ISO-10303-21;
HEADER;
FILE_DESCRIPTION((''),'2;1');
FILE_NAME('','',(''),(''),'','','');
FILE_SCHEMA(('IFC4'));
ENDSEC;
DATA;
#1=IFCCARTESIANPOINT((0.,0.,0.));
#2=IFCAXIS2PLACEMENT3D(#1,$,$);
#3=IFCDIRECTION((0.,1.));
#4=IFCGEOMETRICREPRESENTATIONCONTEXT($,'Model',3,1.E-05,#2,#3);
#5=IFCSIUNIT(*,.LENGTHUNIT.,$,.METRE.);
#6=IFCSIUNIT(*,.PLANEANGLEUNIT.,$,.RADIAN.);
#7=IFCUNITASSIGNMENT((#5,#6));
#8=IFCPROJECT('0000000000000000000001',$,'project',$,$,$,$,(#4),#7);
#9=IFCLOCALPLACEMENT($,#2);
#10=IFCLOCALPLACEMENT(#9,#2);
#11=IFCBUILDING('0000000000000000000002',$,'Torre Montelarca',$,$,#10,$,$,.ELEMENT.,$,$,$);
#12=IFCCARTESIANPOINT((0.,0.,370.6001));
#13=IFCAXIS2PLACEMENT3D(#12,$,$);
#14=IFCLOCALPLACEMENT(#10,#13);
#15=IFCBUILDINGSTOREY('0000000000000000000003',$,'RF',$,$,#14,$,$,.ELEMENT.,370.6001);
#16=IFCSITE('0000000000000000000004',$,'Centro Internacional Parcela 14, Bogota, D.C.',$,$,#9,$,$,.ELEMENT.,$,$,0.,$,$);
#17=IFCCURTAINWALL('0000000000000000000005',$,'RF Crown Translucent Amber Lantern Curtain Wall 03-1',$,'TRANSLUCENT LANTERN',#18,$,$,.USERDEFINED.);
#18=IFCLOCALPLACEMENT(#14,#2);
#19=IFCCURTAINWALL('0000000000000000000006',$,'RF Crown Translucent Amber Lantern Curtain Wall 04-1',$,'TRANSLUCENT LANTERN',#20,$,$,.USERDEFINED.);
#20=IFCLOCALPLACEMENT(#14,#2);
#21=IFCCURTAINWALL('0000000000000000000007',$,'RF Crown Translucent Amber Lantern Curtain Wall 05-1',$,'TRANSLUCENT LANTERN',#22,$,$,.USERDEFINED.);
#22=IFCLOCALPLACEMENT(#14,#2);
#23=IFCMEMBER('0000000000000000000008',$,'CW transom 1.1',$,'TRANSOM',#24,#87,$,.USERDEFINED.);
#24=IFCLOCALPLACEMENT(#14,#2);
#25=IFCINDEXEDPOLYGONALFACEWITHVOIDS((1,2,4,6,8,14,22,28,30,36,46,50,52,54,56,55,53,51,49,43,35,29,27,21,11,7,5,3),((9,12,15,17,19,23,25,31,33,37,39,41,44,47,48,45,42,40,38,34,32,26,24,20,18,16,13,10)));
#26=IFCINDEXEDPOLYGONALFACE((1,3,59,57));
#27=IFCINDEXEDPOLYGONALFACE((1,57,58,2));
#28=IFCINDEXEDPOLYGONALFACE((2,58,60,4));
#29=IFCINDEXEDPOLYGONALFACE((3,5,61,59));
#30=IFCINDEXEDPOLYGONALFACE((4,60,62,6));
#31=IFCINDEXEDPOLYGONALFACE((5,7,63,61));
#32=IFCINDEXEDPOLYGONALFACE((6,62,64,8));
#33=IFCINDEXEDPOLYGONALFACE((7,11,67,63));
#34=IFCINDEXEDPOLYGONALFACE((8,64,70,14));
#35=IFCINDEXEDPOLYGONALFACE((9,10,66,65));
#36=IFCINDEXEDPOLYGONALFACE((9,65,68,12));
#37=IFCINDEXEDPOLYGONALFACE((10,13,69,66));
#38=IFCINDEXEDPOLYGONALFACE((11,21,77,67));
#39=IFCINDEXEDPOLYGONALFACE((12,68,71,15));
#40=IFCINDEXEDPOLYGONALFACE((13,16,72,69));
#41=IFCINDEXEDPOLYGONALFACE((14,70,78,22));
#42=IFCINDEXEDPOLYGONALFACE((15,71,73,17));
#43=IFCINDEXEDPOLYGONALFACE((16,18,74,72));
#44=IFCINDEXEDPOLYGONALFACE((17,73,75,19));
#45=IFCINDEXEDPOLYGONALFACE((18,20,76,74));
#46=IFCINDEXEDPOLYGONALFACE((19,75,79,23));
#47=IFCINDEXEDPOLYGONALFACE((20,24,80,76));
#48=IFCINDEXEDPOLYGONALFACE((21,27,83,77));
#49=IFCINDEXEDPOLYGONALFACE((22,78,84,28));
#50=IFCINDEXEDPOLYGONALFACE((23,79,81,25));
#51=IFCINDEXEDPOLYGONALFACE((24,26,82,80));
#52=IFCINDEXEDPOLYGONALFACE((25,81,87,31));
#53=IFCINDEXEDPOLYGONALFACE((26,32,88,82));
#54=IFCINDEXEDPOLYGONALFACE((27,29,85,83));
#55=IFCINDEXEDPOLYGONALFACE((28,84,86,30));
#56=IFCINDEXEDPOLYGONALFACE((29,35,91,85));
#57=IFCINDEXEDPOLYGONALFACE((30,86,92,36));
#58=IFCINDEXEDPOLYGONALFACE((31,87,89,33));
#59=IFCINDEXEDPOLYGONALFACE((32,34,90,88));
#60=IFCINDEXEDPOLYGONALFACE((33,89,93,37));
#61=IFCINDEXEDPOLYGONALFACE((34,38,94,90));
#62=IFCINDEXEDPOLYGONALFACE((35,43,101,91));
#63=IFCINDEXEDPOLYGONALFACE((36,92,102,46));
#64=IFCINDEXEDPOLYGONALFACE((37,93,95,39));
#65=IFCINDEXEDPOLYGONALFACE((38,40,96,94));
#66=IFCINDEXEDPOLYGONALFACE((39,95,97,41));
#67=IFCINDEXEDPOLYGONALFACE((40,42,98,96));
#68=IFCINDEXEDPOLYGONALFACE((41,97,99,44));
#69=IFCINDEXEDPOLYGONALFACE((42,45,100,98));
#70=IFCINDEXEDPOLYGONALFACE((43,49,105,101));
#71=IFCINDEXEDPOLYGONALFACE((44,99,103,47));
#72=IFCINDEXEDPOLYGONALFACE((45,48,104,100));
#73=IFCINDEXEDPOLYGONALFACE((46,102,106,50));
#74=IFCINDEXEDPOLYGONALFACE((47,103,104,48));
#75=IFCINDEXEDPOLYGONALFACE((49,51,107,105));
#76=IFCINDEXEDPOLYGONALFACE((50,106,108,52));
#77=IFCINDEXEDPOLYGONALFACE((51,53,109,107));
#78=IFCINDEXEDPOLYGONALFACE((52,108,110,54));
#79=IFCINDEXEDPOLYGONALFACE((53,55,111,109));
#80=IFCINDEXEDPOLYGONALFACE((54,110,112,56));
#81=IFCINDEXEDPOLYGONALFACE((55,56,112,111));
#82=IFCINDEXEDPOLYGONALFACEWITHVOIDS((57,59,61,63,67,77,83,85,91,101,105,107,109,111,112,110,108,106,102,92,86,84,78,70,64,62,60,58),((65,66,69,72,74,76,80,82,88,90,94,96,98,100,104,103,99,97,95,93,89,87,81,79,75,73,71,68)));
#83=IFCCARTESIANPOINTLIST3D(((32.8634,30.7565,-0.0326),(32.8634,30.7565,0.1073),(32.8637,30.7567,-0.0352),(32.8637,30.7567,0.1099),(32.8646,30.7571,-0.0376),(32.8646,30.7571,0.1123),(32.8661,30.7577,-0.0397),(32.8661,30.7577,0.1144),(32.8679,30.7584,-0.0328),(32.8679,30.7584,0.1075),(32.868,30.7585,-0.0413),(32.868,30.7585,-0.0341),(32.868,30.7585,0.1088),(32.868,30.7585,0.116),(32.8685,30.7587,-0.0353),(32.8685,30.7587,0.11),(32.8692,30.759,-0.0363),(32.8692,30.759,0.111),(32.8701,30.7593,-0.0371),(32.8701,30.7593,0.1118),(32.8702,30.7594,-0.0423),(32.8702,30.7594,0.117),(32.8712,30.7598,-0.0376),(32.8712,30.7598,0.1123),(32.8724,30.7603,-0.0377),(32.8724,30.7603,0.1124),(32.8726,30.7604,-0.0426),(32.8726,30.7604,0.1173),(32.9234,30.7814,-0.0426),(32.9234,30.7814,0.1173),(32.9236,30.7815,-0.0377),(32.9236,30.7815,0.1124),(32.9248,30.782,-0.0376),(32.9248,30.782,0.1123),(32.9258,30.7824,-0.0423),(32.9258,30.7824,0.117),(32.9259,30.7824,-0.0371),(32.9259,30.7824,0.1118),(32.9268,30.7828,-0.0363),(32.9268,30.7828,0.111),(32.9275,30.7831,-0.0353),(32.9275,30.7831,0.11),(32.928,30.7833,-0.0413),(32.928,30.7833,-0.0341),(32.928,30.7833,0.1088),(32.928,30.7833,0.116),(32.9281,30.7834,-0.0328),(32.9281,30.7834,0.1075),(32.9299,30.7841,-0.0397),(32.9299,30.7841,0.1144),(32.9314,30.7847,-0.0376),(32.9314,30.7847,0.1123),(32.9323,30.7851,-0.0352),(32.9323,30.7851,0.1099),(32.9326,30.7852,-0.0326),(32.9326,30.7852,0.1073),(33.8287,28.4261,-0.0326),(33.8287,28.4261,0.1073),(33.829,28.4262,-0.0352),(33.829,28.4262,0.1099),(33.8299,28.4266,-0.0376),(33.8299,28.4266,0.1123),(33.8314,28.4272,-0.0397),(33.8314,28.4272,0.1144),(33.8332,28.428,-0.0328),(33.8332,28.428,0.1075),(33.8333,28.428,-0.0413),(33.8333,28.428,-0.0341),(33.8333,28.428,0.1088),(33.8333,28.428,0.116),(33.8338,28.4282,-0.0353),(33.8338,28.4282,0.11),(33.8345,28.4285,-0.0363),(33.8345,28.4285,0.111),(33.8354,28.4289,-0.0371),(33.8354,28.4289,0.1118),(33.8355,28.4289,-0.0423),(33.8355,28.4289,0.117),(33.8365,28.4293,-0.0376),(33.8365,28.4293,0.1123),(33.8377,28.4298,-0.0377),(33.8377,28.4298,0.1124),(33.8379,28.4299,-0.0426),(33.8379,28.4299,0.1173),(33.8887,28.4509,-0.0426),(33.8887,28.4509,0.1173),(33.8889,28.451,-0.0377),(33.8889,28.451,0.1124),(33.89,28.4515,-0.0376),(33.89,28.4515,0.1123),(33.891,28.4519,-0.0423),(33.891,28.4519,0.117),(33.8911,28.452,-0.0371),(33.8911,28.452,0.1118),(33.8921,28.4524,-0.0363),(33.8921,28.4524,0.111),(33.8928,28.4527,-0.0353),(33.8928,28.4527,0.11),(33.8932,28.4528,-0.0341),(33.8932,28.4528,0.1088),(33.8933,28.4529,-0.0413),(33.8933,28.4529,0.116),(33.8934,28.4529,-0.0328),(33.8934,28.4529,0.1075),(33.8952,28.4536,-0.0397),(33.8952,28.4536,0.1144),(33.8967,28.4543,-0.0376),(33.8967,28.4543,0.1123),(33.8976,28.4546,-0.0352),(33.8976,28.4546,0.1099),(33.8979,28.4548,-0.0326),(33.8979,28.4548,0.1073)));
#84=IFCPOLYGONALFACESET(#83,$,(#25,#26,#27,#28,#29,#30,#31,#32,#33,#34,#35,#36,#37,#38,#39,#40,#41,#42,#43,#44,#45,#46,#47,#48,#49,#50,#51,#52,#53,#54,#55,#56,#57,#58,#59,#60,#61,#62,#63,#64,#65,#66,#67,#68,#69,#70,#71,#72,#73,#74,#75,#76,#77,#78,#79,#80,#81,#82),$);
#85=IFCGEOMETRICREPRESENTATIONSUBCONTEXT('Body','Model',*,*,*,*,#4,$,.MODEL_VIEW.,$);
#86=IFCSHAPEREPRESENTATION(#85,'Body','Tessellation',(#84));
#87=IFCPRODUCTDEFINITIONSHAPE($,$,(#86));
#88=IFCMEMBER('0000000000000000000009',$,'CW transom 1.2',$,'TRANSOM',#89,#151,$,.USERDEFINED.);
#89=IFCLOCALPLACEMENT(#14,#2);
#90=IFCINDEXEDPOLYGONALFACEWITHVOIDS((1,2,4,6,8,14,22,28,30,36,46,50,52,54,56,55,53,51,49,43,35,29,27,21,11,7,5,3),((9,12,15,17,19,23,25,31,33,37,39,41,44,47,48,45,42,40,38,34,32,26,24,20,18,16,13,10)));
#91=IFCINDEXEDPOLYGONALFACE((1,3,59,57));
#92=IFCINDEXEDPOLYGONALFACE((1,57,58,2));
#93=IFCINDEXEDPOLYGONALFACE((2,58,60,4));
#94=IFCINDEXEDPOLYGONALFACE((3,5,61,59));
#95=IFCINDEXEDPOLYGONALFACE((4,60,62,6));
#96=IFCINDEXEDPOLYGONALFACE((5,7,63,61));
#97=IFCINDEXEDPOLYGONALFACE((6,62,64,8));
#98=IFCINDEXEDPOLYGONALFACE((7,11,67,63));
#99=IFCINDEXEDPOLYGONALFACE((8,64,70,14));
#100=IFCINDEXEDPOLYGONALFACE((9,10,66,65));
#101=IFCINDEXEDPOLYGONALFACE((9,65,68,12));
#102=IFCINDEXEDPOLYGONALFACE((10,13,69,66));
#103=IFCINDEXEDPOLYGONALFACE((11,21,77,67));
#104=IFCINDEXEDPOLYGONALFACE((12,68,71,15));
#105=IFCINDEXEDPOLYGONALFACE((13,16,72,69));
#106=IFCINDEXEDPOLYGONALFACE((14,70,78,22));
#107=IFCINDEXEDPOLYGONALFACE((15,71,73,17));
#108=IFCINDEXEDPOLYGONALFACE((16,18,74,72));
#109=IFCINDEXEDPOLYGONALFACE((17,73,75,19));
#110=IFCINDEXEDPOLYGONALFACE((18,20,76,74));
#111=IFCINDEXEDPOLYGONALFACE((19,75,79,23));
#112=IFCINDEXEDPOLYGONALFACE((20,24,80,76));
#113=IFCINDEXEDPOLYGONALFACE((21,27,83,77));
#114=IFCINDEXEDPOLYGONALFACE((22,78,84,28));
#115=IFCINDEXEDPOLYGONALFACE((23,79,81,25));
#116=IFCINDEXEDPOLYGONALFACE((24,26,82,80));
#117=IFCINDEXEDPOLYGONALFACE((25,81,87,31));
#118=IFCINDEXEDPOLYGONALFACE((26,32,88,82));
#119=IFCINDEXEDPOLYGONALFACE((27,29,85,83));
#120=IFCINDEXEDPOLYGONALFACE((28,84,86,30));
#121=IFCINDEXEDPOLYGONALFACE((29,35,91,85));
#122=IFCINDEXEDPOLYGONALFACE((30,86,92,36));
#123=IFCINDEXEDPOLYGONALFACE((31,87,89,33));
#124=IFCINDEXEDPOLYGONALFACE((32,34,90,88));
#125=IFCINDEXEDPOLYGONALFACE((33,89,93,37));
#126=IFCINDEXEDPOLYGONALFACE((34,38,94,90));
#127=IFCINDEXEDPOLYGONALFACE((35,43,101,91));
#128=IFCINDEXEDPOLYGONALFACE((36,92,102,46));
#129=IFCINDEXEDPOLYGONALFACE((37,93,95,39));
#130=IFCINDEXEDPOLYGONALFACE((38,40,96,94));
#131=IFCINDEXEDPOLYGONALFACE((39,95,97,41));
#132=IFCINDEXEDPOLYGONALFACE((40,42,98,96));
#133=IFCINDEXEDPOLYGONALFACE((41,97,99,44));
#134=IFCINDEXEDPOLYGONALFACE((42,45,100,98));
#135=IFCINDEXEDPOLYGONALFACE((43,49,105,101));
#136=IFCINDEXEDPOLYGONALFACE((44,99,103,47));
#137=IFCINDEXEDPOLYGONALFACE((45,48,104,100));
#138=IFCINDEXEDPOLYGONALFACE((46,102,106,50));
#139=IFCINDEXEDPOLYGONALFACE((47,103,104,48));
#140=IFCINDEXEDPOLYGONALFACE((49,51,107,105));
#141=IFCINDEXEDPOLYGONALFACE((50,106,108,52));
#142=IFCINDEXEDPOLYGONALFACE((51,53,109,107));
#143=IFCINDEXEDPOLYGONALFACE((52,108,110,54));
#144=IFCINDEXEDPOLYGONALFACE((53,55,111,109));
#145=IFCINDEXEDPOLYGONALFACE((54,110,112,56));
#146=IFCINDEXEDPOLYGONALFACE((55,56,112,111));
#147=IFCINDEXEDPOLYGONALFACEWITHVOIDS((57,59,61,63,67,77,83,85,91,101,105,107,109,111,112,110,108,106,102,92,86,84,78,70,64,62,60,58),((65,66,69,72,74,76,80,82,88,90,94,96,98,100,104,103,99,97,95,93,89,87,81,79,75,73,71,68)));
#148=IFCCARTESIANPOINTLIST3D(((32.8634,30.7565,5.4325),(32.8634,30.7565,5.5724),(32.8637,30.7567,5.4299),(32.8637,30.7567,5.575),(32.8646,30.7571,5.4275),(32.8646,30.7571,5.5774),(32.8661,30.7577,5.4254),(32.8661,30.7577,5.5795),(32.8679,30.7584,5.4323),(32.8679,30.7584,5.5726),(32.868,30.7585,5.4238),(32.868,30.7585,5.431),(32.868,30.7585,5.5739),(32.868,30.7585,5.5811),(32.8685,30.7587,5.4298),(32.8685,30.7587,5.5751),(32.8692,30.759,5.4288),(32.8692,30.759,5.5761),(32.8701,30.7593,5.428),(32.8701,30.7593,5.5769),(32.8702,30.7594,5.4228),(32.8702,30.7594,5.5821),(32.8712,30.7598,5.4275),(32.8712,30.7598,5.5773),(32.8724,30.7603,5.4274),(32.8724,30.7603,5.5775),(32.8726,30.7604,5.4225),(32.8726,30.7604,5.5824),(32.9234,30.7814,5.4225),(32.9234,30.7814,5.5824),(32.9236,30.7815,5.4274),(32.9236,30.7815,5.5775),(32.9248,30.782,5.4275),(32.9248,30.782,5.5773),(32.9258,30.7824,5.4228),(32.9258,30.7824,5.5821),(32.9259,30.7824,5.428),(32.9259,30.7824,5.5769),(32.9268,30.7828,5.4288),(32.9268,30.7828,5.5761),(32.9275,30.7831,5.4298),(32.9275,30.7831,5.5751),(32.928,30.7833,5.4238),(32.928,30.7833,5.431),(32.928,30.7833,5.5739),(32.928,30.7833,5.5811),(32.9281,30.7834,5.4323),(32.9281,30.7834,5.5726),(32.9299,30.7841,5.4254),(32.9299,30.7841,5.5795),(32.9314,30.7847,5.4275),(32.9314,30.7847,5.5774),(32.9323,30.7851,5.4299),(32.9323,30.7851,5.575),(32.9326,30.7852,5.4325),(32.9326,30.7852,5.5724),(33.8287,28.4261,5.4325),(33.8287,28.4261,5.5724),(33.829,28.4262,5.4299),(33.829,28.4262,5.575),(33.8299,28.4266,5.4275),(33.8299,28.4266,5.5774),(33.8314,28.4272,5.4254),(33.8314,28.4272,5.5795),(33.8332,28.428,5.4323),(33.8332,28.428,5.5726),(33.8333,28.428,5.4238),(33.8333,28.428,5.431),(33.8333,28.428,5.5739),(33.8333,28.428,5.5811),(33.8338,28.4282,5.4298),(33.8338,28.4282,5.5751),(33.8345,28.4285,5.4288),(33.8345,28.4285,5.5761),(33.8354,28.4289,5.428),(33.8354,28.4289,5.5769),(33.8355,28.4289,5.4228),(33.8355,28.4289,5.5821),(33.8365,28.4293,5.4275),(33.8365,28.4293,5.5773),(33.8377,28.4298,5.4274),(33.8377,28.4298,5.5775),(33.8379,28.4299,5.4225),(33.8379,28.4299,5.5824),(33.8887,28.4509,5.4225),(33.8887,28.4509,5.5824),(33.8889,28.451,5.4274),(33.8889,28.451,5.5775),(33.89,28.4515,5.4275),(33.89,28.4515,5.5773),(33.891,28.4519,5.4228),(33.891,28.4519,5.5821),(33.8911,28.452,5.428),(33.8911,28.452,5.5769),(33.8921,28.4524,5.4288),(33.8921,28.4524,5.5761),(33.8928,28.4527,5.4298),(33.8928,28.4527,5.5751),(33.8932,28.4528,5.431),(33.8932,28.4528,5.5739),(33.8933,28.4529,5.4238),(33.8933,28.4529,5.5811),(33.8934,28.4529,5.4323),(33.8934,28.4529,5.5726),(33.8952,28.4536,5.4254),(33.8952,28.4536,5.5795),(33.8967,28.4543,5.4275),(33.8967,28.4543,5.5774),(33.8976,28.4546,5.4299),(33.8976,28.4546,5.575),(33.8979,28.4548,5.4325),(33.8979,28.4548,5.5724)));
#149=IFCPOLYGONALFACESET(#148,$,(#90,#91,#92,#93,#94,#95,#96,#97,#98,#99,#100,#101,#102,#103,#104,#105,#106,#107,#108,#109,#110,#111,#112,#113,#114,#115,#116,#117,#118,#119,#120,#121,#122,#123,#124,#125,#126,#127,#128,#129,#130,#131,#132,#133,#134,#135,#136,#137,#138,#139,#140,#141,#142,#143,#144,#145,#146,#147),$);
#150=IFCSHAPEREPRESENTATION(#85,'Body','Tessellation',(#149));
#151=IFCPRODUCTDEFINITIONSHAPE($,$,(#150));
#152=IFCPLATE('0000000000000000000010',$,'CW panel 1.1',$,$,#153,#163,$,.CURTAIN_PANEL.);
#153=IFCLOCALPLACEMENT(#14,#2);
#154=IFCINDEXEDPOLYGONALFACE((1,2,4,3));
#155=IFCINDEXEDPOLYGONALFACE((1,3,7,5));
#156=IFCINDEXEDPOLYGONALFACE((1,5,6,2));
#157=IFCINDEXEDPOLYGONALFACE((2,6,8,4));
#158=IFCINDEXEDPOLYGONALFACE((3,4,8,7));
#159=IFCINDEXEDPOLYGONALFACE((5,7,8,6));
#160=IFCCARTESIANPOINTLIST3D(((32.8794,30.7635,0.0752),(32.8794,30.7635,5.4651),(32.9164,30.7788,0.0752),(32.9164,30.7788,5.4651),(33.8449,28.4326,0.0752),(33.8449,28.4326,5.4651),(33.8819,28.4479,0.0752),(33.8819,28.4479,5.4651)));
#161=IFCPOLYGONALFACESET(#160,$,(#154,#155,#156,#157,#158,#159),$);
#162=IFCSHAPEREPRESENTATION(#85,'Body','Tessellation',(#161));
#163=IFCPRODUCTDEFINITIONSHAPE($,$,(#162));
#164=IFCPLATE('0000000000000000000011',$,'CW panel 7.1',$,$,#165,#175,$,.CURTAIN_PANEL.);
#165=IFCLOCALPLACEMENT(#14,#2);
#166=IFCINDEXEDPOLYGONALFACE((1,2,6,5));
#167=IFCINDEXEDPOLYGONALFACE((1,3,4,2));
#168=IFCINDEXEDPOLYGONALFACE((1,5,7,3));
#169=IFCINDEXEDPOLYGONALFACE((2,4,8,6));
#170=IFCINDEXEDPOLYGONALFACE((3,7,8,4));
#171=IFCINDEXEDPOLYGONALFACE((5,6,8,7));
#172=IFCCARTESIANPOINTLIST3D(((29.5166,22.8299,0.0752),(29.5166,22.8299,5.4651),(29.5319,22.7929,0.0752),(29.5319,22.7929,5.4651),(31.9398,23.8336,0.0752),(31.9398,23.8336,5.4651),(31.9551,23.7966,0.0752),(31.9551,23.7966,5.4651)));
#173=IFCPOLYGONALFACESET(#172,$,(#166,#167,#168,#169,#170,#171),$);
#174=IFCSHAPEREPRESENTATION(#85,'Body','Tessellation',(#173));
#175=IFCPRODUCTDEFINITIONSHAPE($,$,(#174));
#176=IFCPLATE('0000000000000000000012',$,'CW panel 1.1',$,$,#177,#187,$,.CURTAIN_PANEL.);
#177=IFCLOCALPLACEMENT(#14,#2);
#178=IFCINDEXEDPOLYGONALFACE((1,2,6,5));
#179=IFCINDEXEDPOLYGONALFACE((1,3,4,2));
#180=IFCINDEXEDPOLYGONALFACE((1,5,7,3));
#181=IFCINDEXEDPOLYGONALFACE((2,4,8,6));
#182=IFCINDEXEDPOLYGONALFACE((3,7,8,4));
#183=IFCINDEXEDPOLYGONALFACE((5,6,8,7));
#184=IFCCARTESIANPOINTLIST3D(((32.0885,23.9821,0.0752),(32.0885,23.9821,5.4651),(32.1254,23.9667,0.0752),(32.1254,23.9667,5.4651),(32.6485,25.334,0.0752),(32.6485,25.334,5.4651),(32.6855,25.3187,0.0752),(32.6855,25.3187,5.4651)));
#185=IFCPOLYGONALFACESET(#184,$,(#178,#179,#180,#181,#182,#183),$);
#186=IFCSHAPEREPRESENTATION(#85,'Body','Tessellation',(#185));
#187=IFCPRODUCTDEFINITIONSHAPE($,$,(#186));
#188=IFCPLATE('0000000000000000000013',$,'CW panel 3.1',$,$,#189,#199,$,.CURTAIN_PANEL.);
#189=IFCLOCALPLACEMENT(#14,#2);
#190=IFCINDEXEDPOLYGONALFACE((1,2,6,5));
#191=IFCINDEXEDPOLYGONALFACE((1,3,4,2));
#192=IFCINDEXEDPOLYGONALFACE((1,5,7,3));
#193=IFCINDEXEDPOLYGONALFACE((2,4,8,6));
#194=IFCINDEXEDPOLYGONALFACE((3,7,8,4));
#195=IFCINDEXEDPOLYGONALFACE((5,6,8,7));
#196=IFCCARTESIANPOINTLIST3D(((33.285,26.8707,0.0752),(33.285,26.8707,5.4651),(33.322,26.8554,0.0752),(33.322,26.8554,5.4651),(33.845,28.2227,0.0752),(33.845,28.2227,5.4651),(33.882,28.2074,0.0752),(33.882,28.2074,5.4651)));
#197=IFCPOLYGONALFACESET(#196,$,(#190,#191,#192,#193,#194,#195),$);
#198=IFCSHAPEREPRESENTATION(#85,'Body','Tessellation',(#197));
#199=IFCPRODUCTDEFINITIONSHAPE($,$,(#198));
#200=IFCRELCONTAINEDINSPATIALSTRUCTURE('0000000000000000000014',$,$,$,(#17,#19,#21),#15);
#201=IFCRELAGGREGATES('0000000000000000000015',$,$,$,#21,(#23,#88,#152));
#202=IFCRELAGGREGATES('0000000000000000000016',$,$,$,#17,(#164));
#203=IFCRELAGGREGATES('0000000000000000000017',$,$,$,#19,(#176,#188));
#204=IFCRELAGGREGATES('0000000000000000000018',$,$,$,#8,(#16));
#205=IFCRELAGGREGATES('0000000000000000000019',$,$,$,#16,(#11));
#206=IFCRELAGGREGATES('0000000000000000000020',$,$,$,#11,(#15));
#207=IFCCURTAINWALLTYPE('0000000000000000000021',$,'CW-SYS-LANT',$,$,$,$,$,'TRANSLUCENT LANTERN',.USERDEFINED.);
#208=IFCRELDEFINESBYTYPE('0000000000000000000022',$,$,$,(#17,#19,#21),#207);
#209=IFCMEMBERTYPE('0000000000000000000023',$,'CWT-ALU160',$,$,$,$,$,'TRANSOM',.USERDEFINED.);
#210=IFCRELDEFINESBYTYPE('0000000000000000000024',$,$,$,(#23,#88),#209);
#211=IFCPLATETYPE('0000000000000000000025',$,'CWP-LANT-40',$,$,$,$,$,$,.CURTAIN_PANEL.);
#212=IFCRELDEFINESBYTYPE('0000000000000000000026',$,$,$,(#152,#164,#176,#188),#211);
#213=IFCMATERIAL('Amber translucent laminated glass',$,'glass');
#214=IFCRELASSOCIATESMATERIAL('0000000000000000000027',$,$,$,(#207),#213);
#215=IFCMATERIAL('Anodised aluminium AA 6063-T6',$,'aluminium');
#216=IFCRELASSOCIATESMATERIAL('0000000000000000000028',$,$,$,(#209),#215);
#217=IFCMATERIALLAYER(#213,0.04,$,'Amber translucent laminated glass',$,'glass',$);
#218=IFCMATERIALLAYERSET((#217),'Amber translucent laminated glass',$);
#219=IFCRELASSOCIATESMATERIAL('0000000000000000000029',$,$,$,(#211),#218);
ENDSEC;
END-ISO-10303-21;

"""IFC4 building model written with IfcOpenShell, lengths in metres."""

from ifc_helpers import new_model, si_unit, direction, frame, origin, origin_2d, place, context, subcontext, project, spatial, rectangle, hollow_rectangle, extrude, source, transform, mapped, material, layer, layer_set, material_profile, profile_set, type_object, element, aggregate, save


model = new_model("IFC4")

# Units and contexts
model_context = context("Model", 3, precision=1e-05, world=origin(), true_north=direction((0.0, 1.0)))
body_context = subcontext(model_context, "Body", "Model", "MODEL_VIEW")
ifc_project = project(units=[si_unit("LENGTHUNIT", "METRE"), si_unit("PLANEANGLEUNIT", "RADIAN")], contexts=[model_context])

# Site, building, storey
site_placement = place(None, origin())
site = spatial("IfcSite", under=ifc_project, at=site_placement, Name="Centro Internacional Parcela 14, Bogota, D.C.", CompositionType="ELEMENT", RefElevation=0.0)
building_placement = place(site_placement, origin())
building = spatial("IfcBuilding", under=site, at=building_placement, Name="Torre Montelarca", CompositionType="ELEMENT")
storey_placement = place(building_placement, frame((0.0, 0.0, 370.6001)))
storey = spatial("IfcBuildingStorey", under=building, at=storey_placement, Name="RF", CompositionType="ELEMENT", Elevation=370.6001)

# Curtain walls
ifc_material_1 = material(Name="Amber translucent laminated glass", Category="glass")
curtain_wall_type = type_object("IfcCurtainWallType", Name="CW-SYS-LANT", ElementType="TRANSLUCENT LANTERN", PredefinedType="USERDEFINED", material=ifc_material_1)
curtain_wall_1_placement = place(storey_placement, origin())
curtain_wall_1 = element("IfcCurtainWall", 1, at=curtain_wall_1_placement, inside=storey, type_object=curtain_wall_type, Name="RF Crown Translucent Amber Lantern Curtain Wall 03-1", ObjectType="TRANSLUCENT LANTERN", PredefinedType="USERDEFINED")
ifc_material_2 = material(Name="Anodised aluminium AA 6063-T6", Category="aluminium")
curtain_wall_2_placement = place(storey_placement, origin())
curtain_wall_2 = element("IfcCurtainWall", 2, at=curtain_wall_2_placement, inside=storey, type_object=curtain_wall_type, Name="RF Crown Translucent Amber Lantern Curtain Wall 04-1", ObjectType="TRANSLUCENT LANTERN", PredefinedType="USERDEFINED")
curtain_wall_3_placement = place(storey_placement, origin())
curtain_wall_3 = element("IfcCurtainWall", 3, at=curtain_wall_3_placement, inside=storey, type_object=curtain_wall_type, Name="RF Crown Translucent Amber Lantern Curtain Wall 05-1", ObjectType="TRANSLUCENT LANTERN", PredefinedType="USERDEFINED")
ifc_material_profile_1 = material_profile(ifc_material_2, hollow_rectangle(XDim=0.075, YDim=0.1599, WallThickness=0.0049, InnerFilletRadius=0.0049, OuterFilletRadius=0.01, at=origin_2d()), Name="ALU75X160X5", Category="aluminium")
ifc_profile_set_1 = profile_set([ifc_material_profile_1], Name="Anodised aluminium AA 6063-T6")
member_type_1 = type_object("IfcMemberType", Name="CWT-ALU160", ElementType="TRANSOM", PredefinedType="USERDEFINED", material=ifc_profile_set_1)

# Members
shared_shape_1 = source(origin(), body_context, "Body", "SweptSolid", [
    extrude(hollow_rectangle(XDim=0.075, YDim=0.1599, WallThickness=0.0049, InnerFilletRadius=0.0049, OuterFilletRadius=0.01, at=origin_2d()), origin(), (0.0, 0.0, 1.0), 2.5225),
])
member_1_placement = place(storey_placement, frame((33.8633, 28.4404, 0.0374), z_axis=(-0.382677, 0.923882, 0.0), x_axis=(-0.923882, -0.382677, 0.0)))
member_1 = element("IfcMember", 4, at=member_1_placement, type_object=member_type_1, Name="CW transom 1.1", ObjectType="TRANSOM", PredefinedType="USERDEFINED", context=body_context, shape_type="MappedRepresentation", body=[
    mapped(shared_shape_1, transform((0.0, 0.0, 0.0), scale=1.0)),
])
member_2_placement = place(storey_placement, frame((33.8633, 28.4404, 5.5024), z_axis=(-0.382677, 0.923882, 0.0), x_axis=(-0.923882, -0.382677, 0.0)))
member_2 = element("IfcMember", 5, at=member_2_placement, type_object=member_type_1, Name="CW transom 1.2", ObjectType="TRANSOM", PredefinedType="USERDEFINED", context=body_context, shape_type="MappedRepresentation", body=[
    mapped(shared_shape_1, transform((0.0, 0.0, 0.0), scale=1.0)),
])

# Plates
ifc_layer_1 = layer(ifc_material_1, 0.04, Name="Amber translucent laminated glass", Category="glass")
ifc_layer_set_1 = layer_set([ifc_layer_1], Name="Amber translucent laminated glass")
plate_type = type_object("IfcPlateType", Name="CWP-LANT-40", PredefinedType="CURTAIN_PANEL", material=ifc_layer_set_1)
shared_shape_2 = source(origin(), body_context, "Body", "SweptSolid", [
    extrude(rectangle(XDim=2.5229, YDim=0.04, at=origin_2d()), origin(), (0.0, 0.0, 1.0), 5.3899),
])
plate_1_placement = place(storey_placement, frame((33.3806, 29.6057, 0.0752), z_axis=(0.0, 0.0, 1.0), x_axis=(-0.382687, 0.923878, 0.0)))
plate_1 = element("IfcPlate", 6, at=plate_1_placement, type_object=plate_type, Name="CW panel 1.1", PredefinedType="CURTAIN_PANEL", context=body_context, shape_type="MappedRepresentation", body=[
    mapped(shared_shape_2, transform((0.0, 0.0, 0.0), scale=1.0)),
])
aggregate(curtain_wall_3, [member_1, member_2, plate_1])
shared_shape_3 = source(origin(), body_context, "Body", "SweptSolid", [
    extrude(rectangle(XDim=2.6228, YDim=0.04, at=origin_2d()), origin(), (0.0, 0.0, 1.0), 5.3899),
])
plate_2_placement = place(storey_placement, frame((30.7358, 23.3132, 0.0752), z_axis=(0.0, 0.0, 1.0), x_axis=(0.923878, 0.382687, 0.0)))
plate_2 = element("IfcPlate", 7, at=plate_2_placement, type_object=plate_type, Name="CW panel 7.1", PredefinedType="CURTAIN_PANEL", context=body_context, shape_type="MappedRepresentation", body=[
    mapped(shared_shape_3, transform((0.0, 0.0, 0.0), scale=1.0)),
])
aggregate(curtain_wall_1, [plate_2])
shared_shape_4 = source(origin(), body_context, "Body", "SweptSolid", [
    extrude(rectangle(XDim=1.4634, YDim=0.04, at=origin_2d()), origin(), (0.0, 0.0, 1.0), 5.3899),
])
plate_3_placement = place(storey_placement, frame((32.387, 24.6504, 0.0752), z_axis=(0.0, 0.0, 1.0), x_axis=(0.382692, 0.923876, 0.0)))
plate_3 = element("IfcPlate", 8, at=plate_3_placement, type_object=plate_type, Name="CW panel 1.1", PredefinedType="CURTAIN_PANEL", context=body_context, shape_type="MappedRepresentation", body=[
    mapped(shared_shape_4, transform((0.0, 0.0, 0.0), scale=1.0)),
])
plate_4_placement = place(storey_placement, frame((33.5835, 27.5391, 0.0752), z_axis=(0.0, 0.0, 1.0), x_axis=(0.382692, 0.923876, 0.0)))
plate_4 = element("IfcPlate", 9, at=plate_4_placement, type_object=plate_type, Name="CW panel 3.1", PredefinedType="CURTAIN_PANEL", context=body_context, shape_type="MappedRepresentation", body=[
    mapped(shared_shape_4, transform((0.0, 0.0, 0.0), scale=1.0)),
])
aggregate(curtain_wall_2, [plate_3, plate_4])

save(model, "model.ifc")
